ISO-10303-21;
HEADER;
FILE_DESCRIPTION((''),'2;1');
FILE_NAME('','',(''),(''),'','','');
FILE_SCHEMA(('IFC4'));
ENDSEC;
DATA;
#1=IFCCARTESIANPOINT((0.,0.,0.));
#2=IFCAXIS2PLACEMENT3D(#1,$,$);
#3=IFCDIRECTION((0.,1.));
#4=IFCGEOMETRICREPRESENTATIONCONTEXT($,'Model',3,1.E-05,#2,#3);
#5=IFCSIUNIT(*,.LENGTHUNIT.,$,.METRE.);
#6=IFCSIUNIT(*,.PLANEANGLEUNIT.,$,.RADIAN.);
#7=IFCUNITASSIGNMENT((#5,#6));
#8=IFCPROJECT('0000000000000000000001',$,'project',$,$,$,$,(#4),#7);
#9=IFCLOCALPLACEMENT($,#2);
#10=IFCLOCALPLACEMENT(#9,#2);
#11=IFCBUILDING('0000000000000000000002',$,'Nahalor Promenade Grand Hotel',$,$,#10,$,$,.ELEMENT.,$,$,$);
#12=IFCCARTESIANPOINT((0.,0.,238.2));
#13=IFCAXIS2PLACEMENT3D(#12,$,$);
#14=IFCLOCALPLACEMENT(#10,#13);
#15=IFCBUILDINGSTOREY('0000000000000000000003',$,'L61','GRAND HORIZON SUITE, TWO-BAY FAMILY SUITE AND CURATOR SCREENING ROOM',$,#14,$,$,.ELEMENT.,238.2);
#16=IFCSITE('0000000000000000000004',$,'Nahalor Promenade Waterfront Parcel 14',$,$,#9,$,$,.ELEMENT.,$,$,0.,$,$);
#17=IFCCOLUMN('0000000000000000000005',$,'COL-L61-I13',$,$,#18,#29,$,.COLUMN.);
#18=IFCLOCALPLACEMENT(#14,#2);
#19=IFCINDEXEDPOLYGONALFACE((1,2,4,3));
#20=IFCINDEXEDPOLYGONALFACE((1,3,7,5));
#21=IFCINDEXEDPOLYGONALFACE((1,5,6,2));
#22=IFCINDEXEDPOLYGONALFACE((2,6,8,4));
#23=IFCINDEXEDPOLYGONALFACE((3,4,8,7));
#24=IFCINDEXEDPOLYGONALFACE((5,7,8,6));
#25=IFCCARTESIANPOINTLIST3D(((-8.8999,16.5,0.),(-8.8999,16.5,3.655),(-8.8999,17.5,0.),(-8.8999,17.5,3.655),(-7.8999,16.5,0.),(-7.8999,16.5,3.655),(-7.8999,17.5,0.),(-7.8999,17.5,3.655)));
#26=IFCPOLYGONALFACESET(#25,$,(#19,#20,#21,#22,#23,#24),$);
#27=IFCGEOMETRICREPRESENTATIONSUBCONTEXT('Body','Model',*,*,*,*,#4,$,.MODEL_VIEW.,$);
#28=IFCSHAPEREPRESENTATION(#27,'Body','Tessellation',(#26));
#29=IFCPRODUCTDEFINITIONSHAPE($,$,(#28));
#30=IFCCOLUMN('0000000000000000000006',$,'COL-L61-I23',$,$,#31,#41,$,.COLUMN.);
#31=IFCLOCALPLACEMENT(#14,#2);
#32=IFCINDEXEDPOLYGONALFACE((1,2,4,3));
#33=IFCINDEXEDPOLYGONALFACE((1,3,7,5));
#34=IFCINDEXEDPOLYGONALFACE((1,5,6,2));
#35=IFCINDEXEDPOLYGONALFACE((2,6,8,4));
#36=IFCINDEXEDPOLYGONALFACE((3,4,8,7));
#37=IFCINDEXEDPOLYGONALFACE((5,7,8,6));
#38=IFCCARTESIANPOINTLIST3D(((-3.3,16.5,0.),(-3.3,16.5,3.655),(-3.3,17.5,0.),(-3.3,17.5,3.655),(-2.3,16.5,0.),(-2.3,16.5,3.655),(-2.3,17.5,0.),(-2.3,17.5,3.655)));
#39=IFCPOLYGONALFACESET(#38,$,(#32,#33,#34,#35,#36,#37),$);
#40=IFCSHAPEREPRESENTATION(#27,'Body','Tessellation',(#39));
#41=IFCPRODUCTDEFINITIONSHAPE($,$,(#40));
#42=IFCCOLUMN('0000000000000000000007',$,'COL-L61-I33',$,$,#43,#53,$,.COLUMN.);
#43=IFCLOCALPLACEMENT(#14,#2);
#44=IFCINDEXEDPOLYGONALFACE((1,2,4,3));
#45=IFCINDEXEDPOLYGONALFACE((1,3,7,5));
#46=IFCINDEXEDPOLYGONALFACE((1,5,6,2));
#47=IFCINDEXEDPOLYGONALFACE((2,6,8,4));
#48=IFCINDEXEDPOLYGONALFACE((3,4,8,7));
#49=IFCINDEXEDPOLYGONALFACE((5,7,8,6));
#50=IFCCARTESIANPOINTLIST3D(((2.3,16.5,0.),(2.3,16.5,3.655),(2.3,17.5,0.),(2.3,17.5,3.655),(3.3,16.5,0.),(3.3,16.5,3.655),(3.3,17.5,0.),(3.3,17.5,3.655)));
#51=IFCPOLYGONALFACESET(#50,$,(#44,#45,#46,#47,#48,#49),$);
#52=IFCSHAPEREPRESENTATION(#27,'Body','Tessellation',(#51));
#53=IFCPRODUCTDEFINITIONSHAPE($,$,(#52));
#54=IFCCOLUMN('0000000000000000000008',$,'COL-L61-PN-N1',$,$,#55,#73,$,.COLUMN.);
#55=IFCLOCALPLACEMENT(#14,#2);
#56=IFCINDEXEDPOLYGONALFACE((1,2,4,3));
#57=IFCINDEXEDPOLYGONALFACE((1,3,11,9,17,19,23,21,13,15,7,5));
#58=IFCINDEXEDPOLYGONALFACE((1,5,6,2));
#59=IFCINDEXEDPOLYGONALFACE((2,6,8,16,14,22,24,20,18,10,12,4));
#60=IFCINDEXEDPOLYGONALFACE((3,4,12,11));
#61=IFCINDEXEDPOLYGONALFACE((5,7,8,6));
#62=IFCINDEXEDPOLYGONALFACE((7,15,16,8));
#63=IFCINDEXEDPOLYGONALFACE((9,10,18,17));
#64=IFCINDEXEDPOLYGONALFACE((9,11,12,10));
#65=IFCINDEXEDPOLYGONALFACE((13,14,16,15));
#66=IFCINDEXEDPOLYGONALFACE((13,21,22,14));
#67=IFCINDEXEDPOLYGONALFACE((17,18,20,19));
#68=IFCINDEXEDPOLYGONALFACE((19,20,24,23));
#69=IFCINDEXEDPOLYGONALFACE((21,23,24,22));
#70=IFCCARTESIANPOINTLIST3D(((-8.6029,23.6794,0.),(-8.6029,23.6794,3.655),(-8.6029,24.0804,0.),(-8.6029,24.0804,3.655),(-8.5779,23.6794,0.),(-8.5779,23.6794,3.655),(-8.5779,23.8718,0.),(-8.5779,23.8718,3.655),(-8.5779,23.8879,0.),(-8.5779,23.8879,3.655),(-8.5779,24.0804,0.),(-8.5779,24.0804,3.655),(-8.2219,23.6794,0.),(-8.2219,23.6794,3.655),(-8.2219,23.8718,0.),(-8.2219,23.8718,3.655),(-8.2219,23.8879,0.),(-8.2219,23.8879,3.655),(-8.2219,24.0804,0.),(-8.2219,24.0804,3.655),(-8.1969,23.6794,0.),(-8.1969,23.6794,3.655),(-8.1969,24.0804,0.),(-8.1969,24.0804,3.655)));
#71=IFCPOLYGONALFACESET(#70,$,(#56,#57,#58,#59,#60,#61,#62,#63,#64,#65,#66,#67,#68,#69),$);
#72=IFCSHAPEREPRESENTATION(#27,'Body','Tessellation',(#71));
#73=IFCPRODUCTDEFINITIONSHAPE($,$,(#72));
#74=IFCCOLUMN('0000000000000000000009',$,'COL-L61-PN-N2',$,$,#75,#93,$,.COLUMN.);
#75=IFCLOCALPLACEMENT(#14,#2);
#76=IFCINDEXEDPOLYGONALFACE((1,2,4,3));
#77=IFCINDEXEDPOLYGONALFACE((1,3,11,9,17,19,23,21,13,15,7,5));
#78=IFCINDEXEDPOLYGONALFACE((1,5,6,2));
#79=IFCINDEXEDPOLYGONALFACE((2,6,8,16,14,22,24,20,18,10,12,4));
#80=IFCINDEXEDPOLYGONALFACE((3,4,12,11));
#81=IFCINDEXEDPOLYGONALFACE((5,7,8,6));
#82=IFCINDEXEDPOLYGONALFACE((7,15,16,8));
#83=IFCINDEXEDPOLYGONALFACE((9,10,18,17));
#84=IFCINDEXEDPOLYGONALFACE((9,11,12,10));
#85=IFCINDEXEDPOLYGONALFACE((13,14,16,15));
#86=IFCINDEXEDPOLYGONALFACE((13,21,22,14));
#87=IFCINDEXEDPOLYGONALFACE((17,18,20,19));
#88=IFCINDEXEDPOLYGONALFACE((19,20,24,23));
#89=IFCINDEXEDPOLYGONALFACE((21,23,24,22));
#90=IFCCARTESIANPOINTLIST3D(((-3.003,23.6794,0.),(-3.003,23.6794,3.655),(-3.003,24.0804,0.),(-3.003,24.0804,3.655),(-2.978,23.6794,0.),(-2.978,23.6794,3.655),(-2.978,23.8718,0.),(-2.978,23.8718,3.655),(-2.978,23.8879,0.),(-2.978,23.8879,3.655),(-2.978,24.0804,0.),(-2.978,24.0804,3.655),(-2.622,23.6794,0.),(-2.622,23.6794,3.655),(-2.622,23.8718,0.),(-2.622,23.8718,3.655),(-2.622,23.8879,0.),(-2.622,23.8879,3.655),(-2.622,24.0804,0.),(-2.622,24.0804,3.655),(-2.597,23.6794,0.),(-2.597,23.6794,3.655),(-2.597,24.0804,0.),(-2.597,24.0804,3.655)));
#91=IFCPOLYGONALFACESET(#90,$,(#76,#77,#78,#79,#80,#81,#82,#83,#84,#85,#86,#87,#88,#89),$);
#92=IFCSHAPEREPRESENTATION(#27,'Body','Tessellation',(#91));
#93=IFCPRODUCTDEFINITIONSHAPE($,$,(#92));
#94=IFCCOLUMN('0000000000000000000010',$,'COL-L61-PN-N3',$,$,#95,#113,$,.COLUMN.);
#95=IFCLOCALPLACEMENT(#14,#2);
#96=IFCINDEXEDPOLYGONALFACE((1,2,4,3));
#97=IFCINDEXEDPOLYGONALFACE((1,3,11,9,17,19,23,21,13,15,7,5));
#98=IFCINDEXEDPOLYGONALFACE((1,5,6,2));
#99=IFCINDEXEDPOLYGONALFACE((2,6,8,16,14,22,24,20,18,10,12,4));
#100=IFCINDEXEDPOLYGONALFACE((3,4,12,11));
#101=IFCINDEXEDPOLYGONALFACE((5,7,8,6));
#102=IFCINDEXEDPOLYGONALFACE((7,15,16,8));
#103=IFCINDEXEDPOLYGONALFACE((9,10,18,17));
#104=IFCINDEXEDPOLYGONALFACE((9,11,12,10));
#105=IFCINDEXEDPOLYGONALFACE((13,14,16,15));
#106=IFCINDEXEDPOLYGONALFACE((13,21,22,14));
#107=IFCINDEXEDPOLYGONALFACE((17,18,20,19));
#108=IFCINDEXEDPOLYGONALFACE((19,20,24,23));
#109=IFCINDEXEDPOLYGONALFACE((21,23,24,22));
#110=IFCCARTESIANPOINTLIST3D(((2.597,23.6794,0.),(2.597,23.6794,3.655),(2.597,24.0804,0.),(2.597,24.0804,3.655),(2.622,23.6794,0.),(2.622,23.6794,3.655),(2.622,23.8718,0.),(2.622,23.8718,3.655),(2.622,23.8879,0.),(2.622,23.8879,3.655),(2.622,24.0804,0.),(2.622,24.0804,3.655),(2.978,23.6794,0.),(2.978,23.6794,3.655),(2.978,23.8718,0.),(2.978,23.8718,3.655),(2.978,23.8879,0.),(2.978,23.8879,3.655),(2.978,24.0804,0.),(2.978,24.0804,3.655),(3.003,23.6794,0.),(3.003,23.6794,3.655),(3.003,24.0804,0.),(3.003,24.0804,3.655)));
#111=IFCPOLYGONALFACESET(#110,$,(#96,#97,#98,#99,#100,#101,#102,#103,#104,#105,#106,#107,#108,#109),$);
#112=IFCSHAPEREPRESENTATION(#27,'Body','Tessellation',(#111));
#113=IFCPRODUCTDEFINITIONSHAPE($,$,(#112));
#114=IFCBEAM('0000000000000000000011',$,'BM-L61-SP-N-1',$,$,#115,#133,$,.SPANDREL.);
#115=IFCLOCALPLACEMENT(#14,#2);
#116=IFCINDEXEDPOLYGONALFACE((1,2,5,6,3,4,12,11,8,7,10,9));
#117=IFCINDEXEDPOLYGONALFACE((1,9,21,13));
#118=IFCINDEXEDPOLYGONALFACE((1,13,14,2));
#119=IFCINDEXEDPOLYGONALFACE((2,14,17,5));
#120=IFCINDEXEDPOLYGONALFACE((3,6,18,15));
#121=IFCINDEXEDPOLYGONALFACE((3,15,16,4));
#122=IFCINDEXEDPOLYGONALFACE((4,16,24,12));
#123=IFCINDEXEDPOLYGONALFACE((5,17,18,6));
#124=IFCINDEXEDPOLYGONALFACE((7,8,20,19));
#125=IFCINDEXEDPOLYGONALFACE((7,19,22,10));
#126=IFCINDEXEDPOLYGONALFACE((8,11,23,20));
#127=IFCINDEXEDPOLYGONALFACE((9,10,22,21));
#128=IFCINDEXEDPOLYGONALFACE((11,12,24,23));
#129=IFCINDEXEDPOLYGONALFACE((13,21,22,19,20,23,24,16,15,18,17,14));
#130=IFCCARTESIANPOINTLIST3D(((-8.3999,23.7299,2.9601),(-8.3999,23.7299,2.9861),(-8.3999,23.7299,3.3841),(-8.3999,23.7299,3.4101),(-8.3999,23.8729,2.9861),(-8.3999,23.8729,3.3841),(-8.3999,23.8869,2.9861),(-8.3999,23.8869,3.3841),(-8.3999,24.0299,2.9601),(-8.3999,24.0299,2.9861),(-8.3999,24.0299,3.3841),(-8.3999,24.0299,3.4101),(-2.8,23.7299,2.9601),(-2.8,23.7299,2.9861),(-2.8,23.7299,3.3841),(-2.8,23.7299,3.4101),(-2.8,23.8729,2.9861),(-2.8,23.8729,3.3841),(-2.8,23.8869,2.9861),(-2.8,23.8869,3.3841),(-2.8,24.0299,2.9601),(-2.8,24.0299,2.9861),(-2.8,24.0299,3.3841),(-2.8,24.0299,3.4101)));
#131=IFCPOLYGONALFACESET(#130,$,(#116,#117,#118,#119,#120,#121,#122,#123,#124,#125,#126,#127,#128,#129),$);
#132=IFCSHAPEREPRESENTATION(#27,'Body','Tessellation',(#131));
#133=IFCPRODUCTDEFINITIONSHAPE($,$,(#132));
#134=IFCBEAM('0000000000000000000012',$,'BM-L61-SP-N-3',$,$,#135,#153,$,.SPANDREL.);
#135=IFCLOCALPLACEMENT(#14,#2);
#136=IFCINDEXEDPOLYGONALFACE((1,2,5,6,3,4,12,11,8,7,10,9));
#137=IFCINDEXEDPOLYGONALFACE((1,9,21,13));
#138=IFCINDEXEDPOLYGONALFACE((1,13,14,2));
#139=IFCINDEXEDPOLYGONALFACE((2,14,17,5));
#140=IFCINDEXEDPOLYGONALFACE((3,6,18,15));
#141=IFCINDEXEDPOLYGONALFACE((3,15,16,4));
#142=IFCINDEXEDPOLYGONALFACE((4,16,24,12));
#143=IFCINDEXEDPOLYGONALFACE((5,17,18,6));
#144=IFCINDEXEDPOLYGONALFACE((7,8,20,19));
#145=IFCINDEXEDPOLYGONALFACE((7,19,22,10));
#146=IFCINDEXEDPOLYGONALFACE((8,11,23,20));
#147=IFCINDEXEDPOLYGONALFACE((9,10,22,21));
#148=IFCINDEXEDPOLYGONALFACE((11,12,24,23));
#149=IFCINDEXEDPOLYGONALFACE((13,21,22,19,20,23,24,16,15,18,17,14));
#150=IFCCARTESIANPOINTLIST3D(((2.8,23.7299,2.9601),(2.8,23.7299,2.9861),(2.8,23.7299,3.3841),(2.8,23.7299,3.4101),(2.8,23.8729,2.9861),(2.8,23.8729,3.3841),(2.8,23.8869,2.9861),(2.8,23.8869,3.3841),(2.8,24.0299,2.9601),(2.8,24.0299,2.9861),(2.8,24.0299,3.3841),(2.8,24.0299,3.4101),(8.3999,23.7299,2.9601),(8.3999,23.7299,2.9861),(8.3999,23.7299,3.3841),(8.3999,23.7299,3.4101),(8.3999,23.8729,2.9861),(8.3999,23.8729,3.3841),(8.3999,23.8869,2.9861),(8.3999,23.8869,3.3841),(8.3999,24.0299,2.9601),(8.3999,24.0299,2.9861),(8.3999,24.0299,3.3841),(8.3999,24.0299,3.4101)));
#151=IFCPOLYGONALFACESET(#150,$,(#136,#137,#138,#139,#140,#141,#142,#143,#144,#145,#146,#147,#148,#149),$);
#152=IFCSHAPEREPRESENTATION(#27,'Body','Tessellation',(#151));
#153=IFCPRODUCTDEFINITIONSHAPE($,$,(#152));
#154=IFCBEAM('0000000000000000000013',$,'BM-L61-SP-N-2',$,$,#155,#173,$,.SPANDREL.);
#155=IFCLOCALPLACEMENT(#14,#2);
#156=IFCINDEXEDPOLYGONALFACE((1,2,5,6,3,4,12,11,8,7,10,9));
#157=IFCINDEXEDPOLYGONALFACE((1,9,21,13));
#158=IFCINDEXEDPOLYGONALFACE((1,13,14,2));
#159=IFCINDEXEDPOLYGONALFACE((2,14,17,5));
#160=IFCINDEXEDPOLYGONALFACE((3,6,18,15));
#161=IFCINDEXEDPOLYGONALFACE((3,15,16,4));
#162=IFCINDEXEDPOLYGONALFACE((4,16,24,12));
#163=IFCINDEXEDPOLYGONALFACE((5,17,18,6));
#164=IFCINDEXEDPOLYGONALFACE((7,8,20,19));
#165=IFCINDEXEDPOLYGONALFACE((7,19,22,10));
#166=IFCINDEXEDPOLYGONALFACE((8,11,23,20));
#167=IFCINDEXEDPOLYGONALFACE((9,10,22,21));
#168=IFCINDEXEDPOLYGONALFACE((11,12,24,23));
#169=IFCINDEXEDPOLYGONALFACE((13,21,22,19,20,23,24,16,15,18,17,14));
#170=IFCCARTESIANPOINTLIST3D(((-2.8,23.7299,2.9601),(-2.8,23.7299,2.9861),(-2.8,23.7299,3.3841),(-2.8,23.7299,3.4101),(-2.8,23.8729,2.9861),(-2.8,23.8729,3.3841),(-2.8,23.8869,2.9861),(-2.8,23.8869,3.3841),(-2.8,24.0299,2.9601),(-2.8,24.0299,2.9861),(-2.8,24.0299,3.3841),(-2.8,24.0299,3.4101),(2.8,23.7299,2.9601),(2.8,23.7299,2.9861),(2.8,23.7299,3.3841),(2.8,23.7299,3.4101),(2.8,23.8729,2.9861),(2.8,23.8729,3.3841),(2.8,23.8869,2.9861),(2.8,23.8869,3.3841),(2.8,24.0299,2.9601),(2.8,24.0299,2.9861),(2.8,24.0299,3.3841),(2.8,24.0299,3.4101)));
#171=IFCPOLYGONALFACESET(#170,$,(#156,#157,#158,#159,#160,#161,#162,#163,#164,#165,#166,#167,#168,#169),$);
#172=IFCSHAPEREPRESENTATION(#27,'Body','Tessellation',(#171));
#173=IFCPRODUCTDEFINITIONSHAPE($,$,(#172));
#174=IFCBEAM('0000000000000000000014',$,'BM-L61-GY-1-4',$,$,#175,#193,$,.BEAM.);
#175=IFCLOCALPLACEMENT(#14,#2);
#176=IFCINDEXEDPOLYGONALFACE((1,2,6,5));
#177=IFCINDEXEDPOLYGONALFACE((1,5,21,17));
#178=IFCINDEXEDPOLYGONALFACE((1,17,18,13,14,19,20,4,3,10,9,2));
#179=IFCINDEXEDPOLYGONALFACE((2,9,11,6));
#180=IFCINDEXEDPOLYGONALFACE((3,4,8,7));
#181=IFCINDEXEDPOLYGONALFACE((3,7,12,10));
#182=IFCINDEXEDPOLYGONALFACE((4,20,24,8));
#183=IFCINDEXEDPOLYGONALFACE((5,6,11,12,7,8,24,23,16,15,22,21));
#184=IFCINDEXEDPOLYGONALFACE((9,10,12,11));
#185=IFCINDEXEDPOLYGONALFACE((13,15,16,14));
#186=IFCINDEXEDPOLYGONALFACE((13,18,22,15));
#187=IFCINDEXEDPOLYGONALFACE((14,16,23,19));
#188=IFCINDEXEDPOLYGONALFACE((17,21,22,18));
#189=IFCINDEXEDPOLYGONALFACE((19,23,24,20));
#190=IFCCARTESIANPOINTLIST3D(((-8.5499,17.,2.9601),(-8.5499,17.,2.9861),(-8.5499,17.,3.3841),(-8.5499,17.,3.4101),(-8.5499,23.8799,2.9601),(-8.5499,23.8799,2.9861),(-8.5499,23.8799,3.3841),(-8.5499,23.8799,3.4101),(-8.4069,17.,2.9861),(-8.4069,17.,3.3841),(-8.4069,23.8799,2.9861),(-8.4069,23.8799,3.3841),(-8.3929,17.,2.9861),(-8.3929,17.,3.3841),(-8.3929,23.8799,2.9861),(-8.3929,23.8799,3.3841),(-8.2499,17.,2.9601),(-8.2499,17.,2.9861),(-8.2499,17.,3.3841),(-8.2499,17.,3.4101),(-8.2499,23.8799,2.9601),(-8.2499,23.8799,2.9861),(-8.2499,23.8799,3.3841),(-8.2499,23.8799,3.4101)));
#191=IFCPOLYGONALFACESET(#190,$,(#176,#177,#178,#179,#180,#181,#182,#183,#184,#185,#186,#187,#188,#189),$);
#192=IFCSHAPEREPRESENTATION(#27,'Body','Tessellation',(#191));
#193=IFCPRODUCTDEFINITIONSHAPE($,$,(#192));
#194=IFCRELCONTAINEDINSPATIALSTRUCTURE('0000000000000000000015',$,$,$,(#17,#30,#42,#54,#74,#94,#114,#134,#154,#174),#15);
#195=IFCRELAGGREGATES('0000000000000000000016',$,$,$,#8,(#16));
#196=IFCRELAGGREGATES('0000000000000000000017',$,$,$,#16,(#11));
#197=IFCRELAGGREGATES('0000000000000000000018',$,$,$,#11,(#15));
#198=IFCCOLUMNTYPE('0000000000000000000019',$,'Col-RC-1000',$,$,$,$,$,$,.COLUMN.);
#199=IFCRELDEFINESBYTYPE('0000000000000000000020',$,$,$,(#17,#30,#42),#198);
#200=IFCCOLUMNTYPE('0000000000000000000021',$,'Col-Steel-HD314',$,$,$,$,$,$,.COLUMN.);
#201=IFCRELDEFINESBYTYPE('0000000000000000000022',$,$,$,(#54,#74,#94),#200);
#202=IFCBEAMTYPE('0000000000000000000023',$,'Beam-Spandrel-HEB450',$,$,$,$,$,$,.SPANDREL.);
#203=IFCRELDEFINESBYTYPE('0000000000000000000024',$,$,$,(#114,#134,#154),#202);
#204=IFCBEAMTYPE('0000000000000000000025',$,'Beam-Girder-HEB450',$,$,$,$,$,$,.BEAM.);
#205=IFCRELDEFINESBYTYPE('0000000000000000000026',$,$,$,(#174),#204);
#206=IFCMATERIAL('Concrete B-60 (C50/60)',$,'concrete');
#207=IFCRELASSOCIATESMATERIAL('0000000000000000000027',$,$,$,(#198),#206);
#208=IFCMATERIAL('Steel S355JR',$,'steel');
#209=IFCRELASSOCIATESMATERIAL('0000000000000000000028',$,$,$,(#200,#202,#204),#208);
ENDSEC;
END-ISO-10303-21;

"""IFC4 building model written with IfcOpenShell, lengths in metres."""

from ifc_helpers import new_model, si_unit, direction, frame, origin, origin_2d, place, context, subcontext, project, spatial, rectangle, i_section, extrude, source, transform, mapped, material, material_profile, profile_set, type_object, element, save


model = new_model("IFC4")

# Units and contexts
model_context = context("Model", 3, precision=1e-05, world=origin(), true_north=direction((0.0, 1.0)))
body_context = subcontext(model_context, "Body", "Model", "MODEL_VIEW")
ifc_project = project(units=[si_unit("LENGTHUNIT", "METRE"), si_unit("PLANEANGLEUNIT", "RADIAN")], contexts=[model_context])

# Site, building, storey
site_placement = place(None, origin())
site = spatial("IfcSite", under=ifc_project, at=site_placement, Name="Nahalor Promenade Waterfront Parcel 14", CompositionType="ELEMENT", RefElevation=0.0)
building_placement = place(site_placement, origin())
building = spatial("IfcBuilding", under=site, at=building_placement, Name="Nahalor Promenade Grand Hotel", CompositionType="ELEMENT")
storey_placement = place(building_placement, frame((0.0, 0.0, 238.2)))
storey = spatial("IfcBuildingStorey", under=building, at=storey_placement, Name="L61", Description="GRAND HORIZON SUITE, TWO-BAY FAMILY SUITE AND CURATOR SCREENING ROOM", CompositionType="ELEMENT", Elevation=238.2)

# Columns
ifc_material_1 = material(Name="Concrete B-60 (C50/60)", Category="concrete")
ifc_material_profile_1 = material_profile(ifc_material_1, rectangle(XDim=1.0, YDim=1.0, at=origin_2d()), Name="RC 1000x1000")
ifc_profile_set_1 = profile_set([ifc_material_profile_1], Name="Concrete B-60 (C50/60)")
column_type_1 = type_object("IfcColumnType", Name="Col-RC-1000", PredefinedType="COLUMN", material=ifc_profile_set_1)
shared_shape_1 = source(origin(), body_context, "Body", "SweptSolid", [
    extrude(rectangle(XDim=1.0, YDim=1.0, at=origin_2d()), origin(), (0.0, 0.0, 1.0), 3.655),
])
for number, where, z_axis, x_axis, name in (
    (1, (-8.3999, 17.0, 0.0), (0.0, 0.0, 1.0), (1.0, 0.0, 0.0), "COL-L61-I13"),
    (2, (-2.8, 17.0, 0.0), (0.0, 0.0, 1.0), (1.0, 0.0, 0.0), "COL-L61-I23"),
    (3, (2.8, 17.0, 0.0), (0.0, 0.0, 1.0), (1.0, 0.0, 0.0), "COL-L61-I33"),
):
    element("IfcColumn", number, at=place(storey_placement, frame(where, z_axis=z_axis, x_axis=x_axis)), inside=storey, type_object=column_type_1, Name=name, PredefinedType="COLUMN", context=body_context, shape_type="MappedRepresentation", body=[
        mapped(shared_shape_1, transform((0.0, 0.0, 0.0), scale=1.0)),
    ])
ifc_material_2 = material(Name="Steel S355JR", Category="steel")
ifc_material_profile_2 = material_profile(ifc_material_2, i_section(OverallWidth=0.401, OverallDepth=0.406, WebThickness=0.0161, FlangeThickness=0.025, at=origin_2d()), Name="HD 400x314")
ifc_profile_set_2 = profile_set([ifc_material_profile_2], Name="Steel S355JR")
column_type_2 = type_object("IfcColumnType", Name="Col-Steel-HD314", PredefinedType="COLUMN", material=ifc_profile_set_2)
shared_shape_2 = source(origin(), body_context, "Body", "SweptSolid", [
    extrude(i_section(OverallWidth=0.401, OverallDepth=0.406, WebThickness=0.0161, FlangeThickness=0.025, at=origin_2d()), origin(), (0.0, 0.0, 1.0), 3.655),
])
for number, where, z_axis, x_axis, name in (
    (4, (-8.3999, 23.8799, 0.0), (0.0, 0.0, 1.0), (0.0, 1.0, 0.0), "COL-L61-PN-N1"),
    (5, (-2.8, 23.8799, 0.0), (0.0, 0.0, 1.0), (0.0, 1.0, 0.0), "COL-L61-PN-N2"),
    (6, (2.8, 23.8799, 0.0), (0.0, 0.0, 1.0), (0.0, 1.0, 0.0), "COL-L61-PN-N3"),
):
    element("IfcColumn", number, at=place(storey_placement, frame(where, z_axis=z_axis, x_axis=x_axis)), inside=storey, type_object=column_type_2, Name=name, PredefinedType="COLUMN", context=body_context, shape_type="MappedRepresentation", body=[
        mapped(shared_shape_2, transform((0.0, 0.0, 0.0), scale=1.0)),
    ])

# Beams
ifc_material_profile_3 = material_profile(ifc_material_2, i_section(OverallWidth=0.3, OverallDepth=0.45, WebThickness=0.014, FlangeThickness=0.026, at=origin_2d()), Name="HEB 450")
ifc_profile_set_3 = profile_set([ifc_material_profile_3], Name="Steel S355JR")
beam_type_1 = type_object("IfcBeamType", Name="Beam-Spandrel-HEB450", PredefinedType="SPANDREL", material=ifc_profile_set_3)
shared_shape_3 = source(origin(), body_context, "Body", "SweptSolid", [
    extrude(i_section(OverallWidth=0.3, OverallDepth=0.45, WebThickness=0.014, FlangeThickness=0.026, at=origin_2d()), origin(), (0.0, 0.0, 1.0), 5.5999),
])
for number, where, z_axis, x_axis, name in (
    (7, (-8.3999, 23.8799, 3.1851), (1.0, 0.0, 0.0), (0.0, 1.0, 0.0), "BM-L61-SP-N-1"),
    (8, (2.8, 23.8799, 3.1851), (1.0, 0.0, 0.0), (0.0, 1.0, 0.0), "BM-L61-SP-N-3"),
):
    element("IfcBeam", number, at=place(storey_placement, frame(where, z_axis=z_axis, x_axis=x_axis)), inside=storey, type_object=beam_type_1, Name=name, PredefinedType="SPANDREL", context=body_context, shape_type="MappedRepresentation", body=[
        mapped(shared_shape_3, transform((0.0, 0.0, 0.0), scale=1.0)),
    ])
shared_shape_4 = source(origin(), body_context, "Body", "SweptSolid", [
    extrude(i_section(OverallWidth=0.3, OverallDepth=0.45, WebThickness=0.014, FlangeThickness=0.026, at=origin_2d()), origin(), (0.0, 0.0, 1.0), 5.6001),
])
beam_1_placement = place(storey_placement, frame((-2.8, 23.8799, 3.1851), z_axis=(1.0, 0.0, 0.0), x_axis=(0.0, 1.0, 0.0)))
element("IfcBeam", 9, at=beam_1_placement, inside=storey, type_object=beam_type_1, Name="BM-L61-SP-N-2", PredefinedType="SPANDREL", context=body_context, shape_type="MappedRepresentation", body=[
    mapped(shared_shape_4, transform((0.0, 0.0, 0.0), scale=1.0)),
])
ifc_material_profile_4 = material_profile(ifc_material_2, i_section(OverallWidth=0.3, OverallDepth=0.45, WebThickness=0.014, FlangeThickness=0.026, at=origin_2d()), Name="HEB 450")
ifc_profile_set_4 = profile_set([ifc_material_profile_4], Name="Steel S355JR")
beam_type_2 = type_object("IfcBeamType", Name="Beam-Girder-HEB450", PredefinedType="BEAM", material=ifc_profile_set_4)
shared_shape_5 = source(origin(), body_context, "Body", "SweptSolid", [
    extrude(i_section(OverallWidth=0.3, OverallDepth=0.45, WebThickness=0.014, FlangeThickness=0.026, at=origin_2d()), origin(), (0.0, 0.0, 1.0), 6.8799),
])
for number, where, z_axis, x_axis, name in (
    (10, (-8.3999, 17.0, 3.1851), (0.0, 1.0, 0.0), (-1.0, 0.0, 0.0), "BM-L61-GY-1-4"),
):
    element("IfcBeam", number, at=place(storey_placement, frame(where, z_axis=z_axis, x_axis=x_axis)), inside=storey, type_object=beam_type_2, Name=name, PredefinedType="BEAM", context=body_context, shape_type="MappedRepresentation", body=[
        mapped(shared_shape_5, transform((0.0, 0.0, 0.0), scale=1.0)),
    ])

save(model, "model.ifc")
